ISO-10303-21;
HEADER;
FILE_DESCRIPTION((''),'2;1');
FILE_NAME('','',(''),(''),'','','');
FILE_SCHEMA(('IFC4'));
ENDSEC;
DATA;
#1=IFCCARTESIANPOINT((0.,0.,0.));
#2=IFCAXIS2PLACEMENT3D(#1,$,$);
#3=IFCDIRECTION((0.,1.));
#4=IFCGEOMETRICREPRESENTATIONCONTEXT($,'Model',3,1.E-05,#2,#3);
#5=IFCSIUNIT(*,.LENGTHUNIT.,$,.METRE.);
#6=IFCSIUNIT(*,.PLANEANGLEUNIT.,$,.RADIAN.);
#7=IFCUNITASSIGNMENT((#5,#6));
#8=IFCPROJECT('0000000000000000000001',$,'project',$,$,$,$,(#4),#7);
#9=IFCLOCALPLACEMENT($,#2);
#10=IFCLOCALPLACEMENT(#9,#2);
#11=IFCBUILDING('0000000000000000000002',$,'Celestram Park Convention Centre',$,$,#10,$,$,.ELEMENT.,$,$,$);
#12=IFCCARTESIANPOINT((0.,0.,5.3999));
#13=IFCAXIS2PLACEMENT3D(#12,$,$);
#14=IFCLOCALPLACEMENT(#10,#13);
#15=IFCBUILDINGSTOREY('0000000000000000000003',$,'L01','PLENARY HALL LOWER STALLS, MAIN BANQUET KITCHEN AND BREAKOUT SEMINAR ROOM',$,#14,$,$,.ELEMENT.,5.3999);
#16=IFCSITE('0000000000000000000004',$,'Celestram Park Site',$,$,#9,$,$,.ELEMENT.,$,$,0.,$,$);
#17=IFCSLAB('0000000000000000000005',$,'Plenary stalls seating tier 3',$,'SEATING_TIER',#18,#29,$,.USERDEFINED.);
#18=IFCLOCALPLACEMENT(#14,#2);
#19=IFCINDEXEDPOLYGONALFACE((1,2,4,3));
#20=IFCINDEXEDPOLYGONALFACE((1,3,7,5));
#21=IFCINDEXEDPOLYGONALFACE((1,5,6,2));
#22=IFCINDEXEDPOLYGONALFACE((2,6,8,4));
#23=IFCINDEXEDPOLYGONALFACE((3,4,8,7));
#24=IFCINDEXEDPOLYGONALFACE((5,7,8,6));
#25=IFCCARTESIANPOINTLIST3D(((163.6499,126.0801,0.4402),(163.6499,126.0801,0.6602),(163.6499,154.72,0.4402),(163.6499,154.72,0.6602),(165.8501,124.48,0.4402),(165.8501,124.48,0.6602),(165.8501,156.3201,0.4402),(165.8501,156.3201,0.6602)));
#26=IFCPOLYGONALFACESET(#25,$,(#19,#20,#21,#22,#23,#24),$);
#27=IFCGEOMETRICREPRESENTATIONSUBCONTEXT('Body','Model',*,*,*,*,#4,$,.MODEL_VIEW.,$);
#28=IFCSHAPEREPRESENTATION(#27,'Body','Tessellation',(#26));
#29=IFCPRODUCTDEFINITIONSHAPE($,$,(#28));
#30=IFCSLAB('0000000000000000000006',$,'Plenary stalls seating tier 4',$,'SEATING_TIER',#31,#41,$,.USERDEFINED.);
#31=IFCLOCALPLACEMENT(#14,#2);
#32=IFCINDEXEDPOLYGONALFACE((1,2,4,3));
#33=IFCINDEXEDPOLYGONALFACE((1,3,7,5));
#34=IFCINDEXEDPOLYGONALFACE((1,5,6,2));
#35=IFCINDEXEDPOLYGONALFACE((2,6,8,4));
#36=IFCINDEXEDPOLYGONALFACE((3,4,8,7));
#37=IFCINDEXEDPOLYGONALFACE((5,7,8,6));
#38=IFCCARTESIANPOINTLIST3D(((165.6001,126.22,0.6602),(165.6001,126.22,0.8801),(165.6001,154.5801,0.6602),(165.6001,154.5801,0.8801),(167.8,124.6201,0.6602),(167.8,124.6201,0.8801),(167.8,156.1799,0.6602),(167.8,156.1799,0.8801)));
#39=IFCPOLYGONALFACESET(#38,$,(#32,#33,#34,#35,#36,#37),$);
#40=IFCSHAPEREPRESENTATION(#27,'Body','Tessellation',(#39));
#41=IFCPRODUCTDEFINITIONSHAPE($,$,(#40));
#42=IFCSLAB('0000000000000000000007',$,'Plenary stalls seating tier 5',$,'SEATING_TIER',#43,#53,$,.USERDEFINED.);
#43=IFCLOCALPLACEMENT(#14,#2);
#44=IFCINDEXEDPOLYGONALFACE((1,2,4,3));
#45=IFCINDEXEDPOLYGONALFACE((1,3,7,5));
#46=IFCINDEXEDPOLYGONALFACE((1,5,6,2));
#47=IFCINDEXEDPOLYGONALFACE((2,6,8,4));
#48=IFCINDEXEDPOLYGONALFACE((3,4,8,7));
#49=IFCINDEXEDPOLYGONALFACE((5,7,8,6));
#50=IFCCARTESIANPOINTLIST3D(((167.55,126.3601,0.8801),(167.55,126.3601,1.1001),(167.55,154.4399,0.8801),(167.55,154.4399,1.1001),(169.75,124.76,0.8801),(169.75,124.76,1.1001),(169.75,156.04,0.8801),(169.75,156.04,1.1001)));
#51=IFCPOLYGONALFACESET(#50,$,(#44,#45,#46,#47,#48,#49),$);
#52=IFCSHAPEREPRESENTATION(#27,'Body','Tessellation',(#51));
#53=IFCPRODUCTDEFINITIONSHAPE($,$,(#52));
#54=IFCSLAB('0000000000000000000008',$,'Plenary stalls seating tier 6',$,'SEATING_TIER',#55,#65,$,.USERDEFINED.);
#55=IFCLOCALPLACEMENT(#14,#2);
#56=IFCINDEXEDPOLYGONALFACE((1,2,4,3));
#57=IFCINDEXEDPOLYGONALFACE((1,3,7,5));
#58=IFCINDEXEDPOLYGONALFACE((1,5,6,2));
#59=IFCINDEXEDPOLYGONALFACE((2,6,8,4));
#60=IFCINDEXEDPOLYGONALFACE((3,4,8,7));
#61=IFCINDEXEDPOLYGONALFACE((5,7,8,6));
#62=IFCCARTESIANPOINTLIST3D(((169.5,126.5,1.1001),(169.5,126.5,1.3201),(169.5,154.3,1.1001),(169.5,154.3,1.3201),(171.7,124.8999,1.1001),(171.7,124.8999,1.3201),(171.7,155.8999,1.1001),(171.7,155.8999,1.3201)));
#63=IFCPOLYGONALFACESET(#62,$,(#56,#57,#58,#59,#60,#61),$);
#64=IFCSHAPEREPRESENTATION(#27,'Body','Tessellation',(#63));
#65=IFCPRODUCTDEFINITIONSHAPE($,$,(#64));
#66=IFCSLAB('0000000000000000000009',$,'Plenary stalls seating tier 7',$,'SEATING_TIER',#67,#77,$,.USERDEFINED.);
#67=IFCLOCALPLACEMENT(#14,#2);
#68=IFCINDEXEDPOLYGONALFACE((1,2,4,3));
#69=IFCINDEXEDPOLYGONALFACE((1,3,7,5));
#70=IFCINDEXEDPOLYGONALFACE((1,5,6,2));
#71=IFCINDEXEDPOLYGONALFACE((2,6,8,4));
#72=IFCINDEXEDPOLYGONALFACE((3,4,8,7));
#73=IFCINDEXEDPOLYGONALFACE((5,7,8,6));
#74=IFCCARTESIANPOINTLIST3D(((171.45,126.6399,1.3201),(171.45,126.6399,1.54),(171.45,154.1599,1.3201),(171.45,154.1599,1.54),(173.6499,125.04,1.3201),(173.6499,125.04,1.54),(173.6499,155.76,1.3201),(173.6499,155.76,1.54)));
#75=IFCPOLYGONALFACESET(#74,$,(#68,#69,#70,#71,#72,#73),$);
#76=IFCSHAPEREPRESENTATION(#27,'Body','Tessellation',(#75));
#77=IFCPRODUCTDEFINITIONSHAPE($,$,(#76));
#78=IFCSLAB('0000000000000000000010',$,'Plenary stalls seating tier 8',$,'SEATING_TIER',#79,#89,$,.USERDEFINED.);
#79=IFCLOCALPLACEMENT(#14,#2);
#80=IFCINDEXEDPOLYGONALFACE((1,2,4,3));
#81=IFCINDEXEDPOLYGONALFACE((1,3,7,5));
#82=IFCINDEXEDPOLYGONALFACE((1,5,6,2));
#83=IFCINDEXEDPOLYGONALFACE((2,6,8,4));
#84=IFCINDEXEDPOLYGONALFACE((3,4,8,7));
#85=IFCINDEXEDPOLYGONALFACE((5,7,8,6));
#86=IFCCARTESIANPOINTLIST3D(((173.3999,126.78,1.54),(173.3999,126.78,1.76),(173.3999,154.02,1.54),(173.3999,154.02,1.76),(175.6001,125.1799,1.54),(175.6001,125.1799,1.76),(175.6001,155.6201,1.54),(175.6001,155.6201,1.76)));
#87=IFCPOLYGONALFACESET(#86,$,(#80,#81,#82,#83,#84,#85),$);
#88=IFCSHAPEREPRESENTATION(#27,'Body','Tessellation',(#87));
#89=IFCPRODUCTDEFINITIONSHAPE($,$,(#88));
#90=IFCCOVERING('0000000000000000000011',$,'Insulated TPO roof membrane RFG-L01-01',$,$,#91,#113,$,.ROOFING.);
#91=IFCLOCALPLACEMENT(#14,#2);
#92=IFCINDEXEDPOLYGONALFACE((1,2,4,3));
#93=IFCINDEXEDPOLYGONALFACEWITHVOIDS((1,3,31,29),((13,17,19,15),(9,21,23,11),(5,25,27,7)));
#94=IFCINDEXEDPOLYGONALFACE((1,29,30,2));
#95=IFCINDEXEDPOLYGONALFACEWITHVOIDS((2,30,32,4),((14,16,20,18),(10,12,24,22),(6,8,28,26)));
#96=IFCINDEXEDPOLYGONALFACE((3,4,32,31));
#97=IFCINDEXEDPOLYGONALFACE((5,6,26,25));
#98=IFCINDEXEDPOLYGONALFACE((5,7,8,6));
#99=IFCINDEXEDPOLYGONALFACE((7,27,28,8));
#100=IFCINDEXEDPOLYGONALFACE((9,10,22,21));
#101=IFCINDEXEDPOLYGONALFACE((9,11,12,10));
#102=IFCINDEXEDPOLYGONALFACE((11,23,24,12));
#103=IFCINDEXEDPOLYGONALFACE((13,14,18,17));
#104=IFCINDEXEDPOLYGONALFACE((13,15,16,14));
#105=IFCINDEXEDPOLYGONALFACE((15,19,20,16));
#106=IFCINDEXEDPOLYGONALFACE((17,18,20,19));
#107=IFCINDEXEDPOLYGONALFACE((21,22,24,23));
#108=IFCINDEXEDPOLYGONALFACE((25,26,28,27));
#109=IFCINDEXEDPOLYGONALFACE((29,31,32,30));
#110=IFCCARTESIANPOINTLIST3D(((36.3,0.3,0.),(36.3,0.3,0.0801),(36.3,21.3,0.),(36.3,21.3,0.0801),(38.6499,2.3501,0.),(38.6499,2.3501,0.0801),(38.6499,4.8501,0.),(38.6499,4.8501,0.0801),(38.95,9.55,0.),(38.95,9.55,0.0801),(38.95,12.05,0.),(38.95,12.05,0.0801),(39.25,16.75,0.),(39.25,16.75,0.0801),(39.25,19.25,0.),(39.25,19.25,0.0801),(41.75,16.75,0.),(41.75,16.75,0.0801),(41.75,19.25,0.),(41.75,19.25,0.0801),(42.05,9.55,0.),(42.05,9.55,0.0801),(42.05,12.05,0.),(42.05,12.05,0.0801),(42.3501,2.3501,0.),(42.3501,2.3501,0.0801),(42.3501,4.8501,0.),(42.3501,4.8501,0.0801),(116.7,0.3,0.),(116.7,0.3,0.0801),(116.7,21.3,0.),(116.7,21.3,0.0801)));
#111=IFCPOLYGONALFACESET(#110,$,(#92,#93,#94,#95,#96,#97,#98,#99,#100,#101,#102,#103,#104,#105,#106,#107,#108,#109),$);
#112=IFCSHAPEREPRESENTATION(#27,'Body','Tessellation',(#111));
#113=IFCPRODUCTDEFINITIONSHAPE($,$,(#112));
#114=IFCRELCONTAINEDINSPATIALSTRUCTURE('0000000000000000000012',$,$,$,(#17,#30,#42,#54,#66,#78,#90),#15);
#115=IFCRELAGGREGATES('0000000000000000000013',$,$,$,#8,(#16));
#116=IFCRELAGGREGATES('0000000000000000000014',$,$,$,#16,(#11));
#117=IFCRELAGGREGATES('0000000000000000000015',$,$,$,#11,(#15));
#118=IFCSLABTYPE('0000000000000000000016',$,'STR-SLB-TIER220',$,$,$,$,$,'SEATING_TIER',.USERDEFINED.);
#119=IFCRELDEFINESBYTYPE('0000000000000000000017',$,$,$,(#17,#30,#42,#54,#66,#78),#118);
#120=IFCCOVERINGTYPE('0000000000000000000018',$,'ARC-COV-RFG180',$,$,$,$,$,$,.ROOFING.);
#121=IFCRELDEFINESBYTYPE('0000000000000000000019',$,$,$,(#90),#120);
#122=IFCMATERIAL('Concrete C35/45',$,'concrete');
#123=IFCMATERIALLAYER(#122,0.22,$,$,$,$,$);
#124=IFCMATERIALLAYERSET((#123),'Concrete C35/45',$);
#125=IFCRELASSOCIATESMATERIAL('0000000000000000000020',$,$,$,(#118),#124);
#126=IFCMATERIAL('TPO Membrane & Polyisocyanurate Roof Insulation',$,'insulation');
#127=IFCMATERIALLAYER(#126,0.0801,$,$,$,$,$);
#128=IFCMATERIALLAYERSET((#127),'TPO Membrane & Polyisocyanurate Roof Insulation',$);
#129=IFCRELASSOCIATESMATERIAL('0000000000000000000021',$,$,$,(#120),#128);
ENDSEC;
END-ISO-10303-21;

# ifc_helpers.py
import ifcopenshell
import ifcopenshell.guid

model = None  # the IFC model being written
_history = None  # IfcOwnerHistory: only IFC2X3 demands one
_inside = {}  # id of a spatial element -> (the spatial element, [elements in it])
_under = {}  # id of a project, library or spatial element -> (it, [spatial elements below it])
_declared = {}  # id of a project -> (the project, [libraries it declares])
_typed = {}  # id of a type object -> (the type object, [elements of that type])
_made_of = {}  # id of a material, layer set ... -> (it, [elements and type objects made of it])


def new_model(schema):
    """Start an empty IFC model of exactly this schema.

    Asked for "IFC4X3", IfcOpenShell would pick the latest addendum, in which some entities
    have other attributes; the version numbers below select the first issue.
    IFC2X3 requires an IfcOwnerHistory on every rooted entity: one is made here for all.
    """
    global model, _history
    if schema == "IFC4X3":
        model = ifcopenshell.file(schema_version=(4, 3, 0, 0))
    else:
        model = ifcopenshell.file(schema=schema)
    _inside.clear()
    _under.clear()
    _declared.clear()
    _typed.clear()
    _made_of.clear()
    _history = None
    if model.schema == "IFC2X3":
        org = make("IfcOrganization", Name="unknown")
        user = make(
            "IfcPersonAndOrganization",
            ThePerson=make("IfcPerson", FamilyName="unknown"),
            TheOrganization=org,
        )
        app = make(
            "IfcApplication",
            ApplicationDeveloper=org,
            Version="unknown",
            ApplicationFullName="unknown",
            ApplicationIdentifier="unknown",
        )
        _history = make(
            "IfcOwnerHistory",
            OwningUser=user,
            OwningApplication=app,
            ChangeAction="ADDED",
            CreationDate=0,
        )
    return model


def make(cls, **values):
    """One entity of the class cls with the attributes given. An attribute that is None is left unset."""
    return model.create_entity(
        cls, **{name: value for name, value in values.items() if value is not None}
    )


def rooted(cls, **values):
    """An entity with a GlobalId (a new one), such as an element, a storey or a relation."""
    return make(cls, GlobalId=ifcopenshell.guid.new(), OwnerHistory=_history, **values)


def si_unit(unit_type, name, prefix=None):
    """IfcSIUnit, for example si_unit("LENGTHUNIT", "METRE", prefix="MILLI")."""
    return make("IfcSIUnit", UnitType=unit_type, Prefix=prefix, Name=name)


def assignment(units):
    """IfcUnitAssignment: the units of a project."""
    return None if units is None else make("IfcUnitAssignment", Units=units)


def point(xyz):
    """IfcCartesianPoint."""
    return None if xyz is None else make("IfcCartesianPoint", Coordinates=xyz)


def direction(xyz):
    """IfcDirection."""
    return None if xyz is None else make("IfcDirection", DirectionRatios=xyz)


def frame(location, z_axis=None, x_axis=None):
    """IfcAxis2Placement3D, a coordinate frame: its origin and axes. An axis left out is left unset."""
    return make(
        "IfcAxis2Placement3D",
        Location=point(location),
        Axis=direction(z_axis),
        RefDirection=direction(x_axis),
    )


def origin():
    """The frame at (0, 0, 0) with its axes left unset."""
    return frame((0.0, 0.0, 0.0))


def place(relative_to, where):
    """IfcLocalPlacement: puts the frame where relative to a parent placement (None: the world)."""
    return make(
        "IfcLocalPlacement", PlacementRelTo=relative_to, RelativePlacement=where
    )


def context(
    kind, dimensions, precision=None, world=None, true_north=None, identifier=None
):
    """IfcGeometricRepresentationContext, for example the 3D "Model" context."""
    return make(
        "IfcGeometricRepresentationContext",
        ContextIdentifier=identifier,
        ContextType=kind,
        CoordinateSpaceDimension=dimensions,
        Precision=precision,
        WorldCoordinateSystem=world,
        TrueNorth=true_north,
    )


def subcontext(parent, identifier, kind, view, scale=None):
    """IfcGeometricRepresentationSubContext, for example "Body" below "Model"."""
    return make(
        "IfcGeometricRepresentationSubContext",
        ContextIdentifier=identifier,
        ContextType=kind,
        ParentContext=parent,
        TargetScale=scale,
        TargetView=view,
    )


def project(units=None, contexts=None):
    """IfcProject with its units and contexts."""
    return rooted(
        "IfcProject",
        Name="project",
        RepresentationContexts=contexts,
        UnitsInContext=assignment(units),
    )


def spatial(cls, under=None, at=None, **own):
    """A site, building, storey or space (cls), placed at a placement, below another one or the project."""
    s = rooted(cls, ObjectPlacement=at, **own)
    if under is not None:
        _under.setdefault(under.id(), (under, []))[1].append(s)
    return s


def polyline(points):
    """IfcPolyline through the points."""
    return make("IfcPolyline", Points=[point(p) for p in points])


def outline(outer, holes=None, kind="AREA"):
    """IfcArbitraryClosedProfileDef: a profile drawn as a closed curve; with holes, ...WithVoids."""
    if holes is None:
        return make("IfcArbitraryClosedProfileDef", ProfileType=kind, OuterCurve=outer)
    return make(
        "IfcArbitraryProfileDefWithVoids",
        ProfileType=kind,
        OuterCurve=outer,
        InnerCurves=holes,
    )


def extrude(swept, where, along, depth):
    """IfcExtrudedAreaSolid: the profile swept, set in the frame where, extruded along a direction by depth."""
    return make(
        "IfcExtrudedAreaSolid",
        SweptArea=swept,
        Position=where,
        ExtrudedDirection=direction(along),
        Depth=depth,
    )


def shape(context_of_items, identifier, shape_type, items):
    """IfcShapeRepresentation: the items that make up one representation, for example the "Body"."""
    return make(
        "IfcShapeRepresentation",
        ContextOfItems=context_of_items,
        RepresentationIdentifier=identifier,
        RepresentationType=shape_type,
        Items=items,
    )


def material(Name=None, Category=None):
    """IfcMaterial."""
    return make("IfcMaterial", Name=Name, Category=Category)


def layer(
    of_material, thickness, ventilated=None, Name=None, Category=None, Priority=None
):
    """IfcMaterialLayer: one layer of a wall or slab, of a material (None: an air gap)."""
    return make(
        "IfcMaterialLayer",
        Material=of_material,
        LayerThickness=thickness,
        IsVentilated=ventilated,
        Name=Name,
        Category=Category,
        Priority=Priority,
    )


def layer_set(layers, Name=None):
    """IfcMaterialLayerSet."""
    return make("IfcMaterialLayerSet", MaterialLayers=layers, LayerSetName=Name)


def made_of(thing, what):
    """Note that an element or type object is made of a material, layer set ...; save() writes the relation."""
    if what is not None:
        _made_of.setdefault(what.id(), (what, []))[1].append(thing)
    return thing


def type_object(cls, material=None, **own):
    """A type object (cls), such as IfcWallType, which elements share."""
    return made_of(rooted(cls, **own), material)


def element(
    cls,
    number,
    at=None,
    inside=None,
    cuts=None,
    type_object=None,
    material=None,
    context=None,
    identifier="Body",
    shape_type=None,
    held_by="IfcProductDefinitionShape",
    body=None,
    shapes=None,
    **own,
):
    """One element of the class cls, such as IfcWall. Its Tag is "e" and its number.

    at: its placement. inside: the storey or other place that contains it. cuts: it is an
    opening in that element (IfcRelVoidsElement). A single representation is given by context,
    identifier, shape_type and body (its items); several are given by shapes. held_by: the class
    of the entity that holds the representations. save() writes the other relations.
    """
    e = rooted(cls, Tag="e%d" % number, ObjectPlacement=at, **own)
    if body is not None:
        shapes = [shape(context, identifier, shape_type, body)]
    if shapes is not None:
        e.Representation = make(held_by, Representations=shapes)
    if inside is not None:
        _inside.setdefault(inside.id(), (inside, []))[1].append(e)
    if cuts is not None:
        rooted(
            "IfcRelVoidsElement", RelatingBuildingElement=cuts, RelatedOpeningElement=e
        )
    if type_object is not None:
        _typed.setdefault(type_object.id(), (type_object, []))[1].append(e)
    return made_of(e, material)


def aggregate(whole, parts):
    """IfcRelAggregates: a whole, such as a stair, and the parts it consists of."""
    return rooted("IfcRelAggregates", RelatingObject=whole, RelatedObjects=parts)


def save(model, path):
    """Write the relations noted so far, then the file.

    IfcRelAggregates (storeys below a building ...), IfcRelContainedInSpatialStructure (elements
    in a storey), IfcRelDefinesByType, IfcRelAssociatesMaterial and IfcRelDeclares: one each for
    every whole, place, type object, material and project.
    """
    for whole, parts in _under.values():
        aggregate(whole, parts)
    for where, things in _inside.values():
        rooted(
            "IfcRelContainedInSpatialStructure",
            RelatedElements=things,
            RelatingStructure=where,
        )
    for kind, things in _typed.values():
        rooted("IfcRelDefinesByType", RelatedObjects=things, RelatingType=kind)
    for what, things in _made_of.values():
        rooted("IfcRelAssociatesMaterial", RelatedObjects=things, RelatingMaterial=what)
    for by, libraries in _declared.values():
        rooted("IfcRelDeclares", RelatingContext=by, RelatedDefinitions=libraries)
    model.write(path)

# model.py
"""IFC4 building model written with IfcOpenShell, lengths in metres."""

from ifc_helpers import new_model, si_unit, direction, frame, origin, place, context, subcontext, project, spatial, polyline, outline, extrude, material, layer, layer_set, type_object, element, save


model = new_model("IFC4")

# Units and contexts
model_context = context("Model", 3, precision=1e-05, world=origin(), true_north=direction((0.0, 1.0)))
body_context = subcontext(model_context, "Body", "Model", "MODEL_VIEW")
ifc_project = project(units=[si_unit("LENGTHUNIT", "METRE"), si_unit("PLANEANGLEUNIT", "RADIAN")], contexts=[model_context])

# Site, building, storey
site_placement = place(None, origin())
site = spatial("IfcSite", under=ifc_project, at=site_placement, Name="Celestram Park Site", CompositionType="ELEMENT", RefElevation=0.0)
building_placement = place(site_placement, origin())
building = spatial("IfcBuilding", under=site, at=building_placement, Name="Celestram Park Convention Centre", CompositionType="ELEMENT")
storey_placement = place(building_placement, frame((0.0, 0.0, 5.3999)))
storey = spatial("IfcBuildingStorey", under=building, at=storey_placement, Name="L01", Description="PLENARY HALL LOWER STALLS, MAIN BANQUET KITCHEN AND BREAKOUT SEMINAR ROOM", CompositionType="ELEMENT", Elevation=5.3999)

# Shared definitions
ifc_material_1 = material(Name="Concrete C35/45", Category="concrete")

# Slabs
ifc_layer_1 = layer(ifc_material_1, 0.22)
ifc_layer_set_1 = layer_set([ifc_layer_1], Name="Concrete C35/45")
slab_type_1 = type_object("IfcSlabType", Name="STR-SLB-TIER220", ElementType="SEATING_TIER", PredefinedType="USERDEFINED", material=ifc_layer_set_1)
slab_1_placement = place(storey_placement, frame((0.0, 0.0, 0.4402)))
element("IfcSlab", 1, at=slab_1_placement, inside=storey, type_object=slab_type_1, Name="Plenary stalls seating tier 3", ObjectType="SEATING_TIER", PredefinedType="USERDEFINED", context=body_context, shape_type="SweptSolid", body=[
    extrude(outline(polyline([(163.6499, 126.0801), (165.8501, 124.48), (165.8501, 156.3201), (163.6499, 154.72), (163.6499, 126.0801)])), origin(), (0.0, 0.0, 1.0), 0.22),
])
slab_2_placement = place(storey_placement, frame((0.0, 0.0, 0.6602)))
element("IfcSlab", 2, at=slab_2_placement, inside=storey, type_object=slab_type_1, Name="Plenary stalls seating tier 4", ObjectType="SEATING_TIER", PredefinedType="USERDEFINED", context=body_context, shape_type="SweptSolid", body=[
    extrude(outline(polyline([(165.6001, 126.22), (167.8, 124.6201), (167.8, 156.1799), (165.6001, 154.5801), (165.6001, 126.22)])), origin(), (0.0, 0.0, 1.0), 0.22),
])
slab_3_placement = place(storey_placement, frame((0.0, 0.0, 0.8801)))
element("IfcSlab", 3, at=slab_3_placement, inside=storey, type_object=slab_type_1, Name="Plenary stalls seating tier 5", ObjectType="SEATING_TIER", PredefinedType="USERDEFINED", context=body_context, shape_type="SweptSolid", body=[
    extrude(outline(polyline([(167.55, 126.3601), (169.75, 124.76), (169.75, 156.04), (167.55, 154.4399), (167.55, 126.3601)])), origin(), (0.0, 0.0, 1.0), 0.22),
])
slab_4_placement = place(storey_placement, frame((0.0, 0.0, 1.1001)))
element("IfcSlab", 4, at=slab_4_placement, inside=storey, type_object=slab_type_1, Name="Plenary stalls seating tier 6", ObjectType="SEATING_TIER", PredefinedType="USERDEFINED", context=body_context, shape_type="SweptSolid", body=[
    extrude(outline(polyline([(169.5, 126.5), (171.7, 124.8999), (171.7, 155.8999), (169.5, 154.3), (169.5, 126.5)])), origin(), (0.0, 0.0, 1.0), 0.22),
])
slab_5_placement = place(storey_placement, frame((0.0, 0.0, 1.3201)))
element("IfcSlab", 5, at=slab_5_placement, inside=storey, type_object=slab_type_1, Name="Plenary stalls seating tier 7", ObjectType="SEATING_TIER", PredefinedType="USERDEFINED", context=body_context, shape_type="SweptSolid", body=[
    extrude(outline(polyline([(171.45, 126.6399), (173.6499, 125.04), (173.6499, 155.76), (171.45, 154.1599), (171.45, 126.6399)])), origin(), (0.0, 0.0, 1.0), 0.22),
])
slab_6_placement = place(storey_placement, frame((0.0, 0.0, 1.54)))
element("IfcSlab", 6, at=slab_6_placement, inside=storey, type_object=slab_type_1, Name="Plenary stalls seating tier 8", ObjectType="SEATING_TIER", PredefinedType="USERDEFINED", context=body_context, shape_type="SweptSolid", body=[
    extrude(outline(polyline([(173.3999, 126.78), (175.6001, 125.1799), (175.6001, 155.6201), (173.3999, 154.02), (173.3999, 126.78)])), origin(), (0.0, 0.0, 1.0), 0.22),
])

# Covering
ifc_material_2 = material(Name="TPO Membrane & Polyisocyanurate Roof Insulation", Category="insulation")
ifc_layer_2 = layer(ifc_material_2, 0.0801)
ifc_layer_set_2 = layer_set([ifc_layer_2], Name="TPO Membrane & Polyisocyanurate Roof Insulation")
covering_type = type_object("IfcCoveringType", Name="ARC-COV-RFG180", PredefinedType="ROOFING", material=ifc_layer_set_2)
covering_placement = place(storey_placement, origin())
element("IfcCovering", 7, at=covering_placement, inside=storey, type_object=covering_type, Name="Insulated TPO roof membrane RFG-L01-01", PredefinedType="ROOFING", context=body_context, shape_type="SweptSolid", body=[
    extrude(outline(polyline([(36.3, 0.3), (36.3, 21.3), (116.7, 21.3), (116.7, 0.3), (36.3, 0.3)]), holes=[polyline([(42.3501, 2.3501), (42.3501, 4.8501), (38.6499, 4.8501), (38.6499, 2.3501), (42.3501, 2.3501)]), polyline([(38.95, 9.55), (42.05, 9.55), (42.05, 12.05), (38.95, 12.05), (38.95, 9.55)]), polyline([(39.25, 16.75), (41.75, 16.75), (41.75, 19.25), (39.25, 19.25), (39.25, 16.75)])]), origin(), (0.0, 0.0, 1.0), 0.0801),
])

save(model, "model.ifc")
